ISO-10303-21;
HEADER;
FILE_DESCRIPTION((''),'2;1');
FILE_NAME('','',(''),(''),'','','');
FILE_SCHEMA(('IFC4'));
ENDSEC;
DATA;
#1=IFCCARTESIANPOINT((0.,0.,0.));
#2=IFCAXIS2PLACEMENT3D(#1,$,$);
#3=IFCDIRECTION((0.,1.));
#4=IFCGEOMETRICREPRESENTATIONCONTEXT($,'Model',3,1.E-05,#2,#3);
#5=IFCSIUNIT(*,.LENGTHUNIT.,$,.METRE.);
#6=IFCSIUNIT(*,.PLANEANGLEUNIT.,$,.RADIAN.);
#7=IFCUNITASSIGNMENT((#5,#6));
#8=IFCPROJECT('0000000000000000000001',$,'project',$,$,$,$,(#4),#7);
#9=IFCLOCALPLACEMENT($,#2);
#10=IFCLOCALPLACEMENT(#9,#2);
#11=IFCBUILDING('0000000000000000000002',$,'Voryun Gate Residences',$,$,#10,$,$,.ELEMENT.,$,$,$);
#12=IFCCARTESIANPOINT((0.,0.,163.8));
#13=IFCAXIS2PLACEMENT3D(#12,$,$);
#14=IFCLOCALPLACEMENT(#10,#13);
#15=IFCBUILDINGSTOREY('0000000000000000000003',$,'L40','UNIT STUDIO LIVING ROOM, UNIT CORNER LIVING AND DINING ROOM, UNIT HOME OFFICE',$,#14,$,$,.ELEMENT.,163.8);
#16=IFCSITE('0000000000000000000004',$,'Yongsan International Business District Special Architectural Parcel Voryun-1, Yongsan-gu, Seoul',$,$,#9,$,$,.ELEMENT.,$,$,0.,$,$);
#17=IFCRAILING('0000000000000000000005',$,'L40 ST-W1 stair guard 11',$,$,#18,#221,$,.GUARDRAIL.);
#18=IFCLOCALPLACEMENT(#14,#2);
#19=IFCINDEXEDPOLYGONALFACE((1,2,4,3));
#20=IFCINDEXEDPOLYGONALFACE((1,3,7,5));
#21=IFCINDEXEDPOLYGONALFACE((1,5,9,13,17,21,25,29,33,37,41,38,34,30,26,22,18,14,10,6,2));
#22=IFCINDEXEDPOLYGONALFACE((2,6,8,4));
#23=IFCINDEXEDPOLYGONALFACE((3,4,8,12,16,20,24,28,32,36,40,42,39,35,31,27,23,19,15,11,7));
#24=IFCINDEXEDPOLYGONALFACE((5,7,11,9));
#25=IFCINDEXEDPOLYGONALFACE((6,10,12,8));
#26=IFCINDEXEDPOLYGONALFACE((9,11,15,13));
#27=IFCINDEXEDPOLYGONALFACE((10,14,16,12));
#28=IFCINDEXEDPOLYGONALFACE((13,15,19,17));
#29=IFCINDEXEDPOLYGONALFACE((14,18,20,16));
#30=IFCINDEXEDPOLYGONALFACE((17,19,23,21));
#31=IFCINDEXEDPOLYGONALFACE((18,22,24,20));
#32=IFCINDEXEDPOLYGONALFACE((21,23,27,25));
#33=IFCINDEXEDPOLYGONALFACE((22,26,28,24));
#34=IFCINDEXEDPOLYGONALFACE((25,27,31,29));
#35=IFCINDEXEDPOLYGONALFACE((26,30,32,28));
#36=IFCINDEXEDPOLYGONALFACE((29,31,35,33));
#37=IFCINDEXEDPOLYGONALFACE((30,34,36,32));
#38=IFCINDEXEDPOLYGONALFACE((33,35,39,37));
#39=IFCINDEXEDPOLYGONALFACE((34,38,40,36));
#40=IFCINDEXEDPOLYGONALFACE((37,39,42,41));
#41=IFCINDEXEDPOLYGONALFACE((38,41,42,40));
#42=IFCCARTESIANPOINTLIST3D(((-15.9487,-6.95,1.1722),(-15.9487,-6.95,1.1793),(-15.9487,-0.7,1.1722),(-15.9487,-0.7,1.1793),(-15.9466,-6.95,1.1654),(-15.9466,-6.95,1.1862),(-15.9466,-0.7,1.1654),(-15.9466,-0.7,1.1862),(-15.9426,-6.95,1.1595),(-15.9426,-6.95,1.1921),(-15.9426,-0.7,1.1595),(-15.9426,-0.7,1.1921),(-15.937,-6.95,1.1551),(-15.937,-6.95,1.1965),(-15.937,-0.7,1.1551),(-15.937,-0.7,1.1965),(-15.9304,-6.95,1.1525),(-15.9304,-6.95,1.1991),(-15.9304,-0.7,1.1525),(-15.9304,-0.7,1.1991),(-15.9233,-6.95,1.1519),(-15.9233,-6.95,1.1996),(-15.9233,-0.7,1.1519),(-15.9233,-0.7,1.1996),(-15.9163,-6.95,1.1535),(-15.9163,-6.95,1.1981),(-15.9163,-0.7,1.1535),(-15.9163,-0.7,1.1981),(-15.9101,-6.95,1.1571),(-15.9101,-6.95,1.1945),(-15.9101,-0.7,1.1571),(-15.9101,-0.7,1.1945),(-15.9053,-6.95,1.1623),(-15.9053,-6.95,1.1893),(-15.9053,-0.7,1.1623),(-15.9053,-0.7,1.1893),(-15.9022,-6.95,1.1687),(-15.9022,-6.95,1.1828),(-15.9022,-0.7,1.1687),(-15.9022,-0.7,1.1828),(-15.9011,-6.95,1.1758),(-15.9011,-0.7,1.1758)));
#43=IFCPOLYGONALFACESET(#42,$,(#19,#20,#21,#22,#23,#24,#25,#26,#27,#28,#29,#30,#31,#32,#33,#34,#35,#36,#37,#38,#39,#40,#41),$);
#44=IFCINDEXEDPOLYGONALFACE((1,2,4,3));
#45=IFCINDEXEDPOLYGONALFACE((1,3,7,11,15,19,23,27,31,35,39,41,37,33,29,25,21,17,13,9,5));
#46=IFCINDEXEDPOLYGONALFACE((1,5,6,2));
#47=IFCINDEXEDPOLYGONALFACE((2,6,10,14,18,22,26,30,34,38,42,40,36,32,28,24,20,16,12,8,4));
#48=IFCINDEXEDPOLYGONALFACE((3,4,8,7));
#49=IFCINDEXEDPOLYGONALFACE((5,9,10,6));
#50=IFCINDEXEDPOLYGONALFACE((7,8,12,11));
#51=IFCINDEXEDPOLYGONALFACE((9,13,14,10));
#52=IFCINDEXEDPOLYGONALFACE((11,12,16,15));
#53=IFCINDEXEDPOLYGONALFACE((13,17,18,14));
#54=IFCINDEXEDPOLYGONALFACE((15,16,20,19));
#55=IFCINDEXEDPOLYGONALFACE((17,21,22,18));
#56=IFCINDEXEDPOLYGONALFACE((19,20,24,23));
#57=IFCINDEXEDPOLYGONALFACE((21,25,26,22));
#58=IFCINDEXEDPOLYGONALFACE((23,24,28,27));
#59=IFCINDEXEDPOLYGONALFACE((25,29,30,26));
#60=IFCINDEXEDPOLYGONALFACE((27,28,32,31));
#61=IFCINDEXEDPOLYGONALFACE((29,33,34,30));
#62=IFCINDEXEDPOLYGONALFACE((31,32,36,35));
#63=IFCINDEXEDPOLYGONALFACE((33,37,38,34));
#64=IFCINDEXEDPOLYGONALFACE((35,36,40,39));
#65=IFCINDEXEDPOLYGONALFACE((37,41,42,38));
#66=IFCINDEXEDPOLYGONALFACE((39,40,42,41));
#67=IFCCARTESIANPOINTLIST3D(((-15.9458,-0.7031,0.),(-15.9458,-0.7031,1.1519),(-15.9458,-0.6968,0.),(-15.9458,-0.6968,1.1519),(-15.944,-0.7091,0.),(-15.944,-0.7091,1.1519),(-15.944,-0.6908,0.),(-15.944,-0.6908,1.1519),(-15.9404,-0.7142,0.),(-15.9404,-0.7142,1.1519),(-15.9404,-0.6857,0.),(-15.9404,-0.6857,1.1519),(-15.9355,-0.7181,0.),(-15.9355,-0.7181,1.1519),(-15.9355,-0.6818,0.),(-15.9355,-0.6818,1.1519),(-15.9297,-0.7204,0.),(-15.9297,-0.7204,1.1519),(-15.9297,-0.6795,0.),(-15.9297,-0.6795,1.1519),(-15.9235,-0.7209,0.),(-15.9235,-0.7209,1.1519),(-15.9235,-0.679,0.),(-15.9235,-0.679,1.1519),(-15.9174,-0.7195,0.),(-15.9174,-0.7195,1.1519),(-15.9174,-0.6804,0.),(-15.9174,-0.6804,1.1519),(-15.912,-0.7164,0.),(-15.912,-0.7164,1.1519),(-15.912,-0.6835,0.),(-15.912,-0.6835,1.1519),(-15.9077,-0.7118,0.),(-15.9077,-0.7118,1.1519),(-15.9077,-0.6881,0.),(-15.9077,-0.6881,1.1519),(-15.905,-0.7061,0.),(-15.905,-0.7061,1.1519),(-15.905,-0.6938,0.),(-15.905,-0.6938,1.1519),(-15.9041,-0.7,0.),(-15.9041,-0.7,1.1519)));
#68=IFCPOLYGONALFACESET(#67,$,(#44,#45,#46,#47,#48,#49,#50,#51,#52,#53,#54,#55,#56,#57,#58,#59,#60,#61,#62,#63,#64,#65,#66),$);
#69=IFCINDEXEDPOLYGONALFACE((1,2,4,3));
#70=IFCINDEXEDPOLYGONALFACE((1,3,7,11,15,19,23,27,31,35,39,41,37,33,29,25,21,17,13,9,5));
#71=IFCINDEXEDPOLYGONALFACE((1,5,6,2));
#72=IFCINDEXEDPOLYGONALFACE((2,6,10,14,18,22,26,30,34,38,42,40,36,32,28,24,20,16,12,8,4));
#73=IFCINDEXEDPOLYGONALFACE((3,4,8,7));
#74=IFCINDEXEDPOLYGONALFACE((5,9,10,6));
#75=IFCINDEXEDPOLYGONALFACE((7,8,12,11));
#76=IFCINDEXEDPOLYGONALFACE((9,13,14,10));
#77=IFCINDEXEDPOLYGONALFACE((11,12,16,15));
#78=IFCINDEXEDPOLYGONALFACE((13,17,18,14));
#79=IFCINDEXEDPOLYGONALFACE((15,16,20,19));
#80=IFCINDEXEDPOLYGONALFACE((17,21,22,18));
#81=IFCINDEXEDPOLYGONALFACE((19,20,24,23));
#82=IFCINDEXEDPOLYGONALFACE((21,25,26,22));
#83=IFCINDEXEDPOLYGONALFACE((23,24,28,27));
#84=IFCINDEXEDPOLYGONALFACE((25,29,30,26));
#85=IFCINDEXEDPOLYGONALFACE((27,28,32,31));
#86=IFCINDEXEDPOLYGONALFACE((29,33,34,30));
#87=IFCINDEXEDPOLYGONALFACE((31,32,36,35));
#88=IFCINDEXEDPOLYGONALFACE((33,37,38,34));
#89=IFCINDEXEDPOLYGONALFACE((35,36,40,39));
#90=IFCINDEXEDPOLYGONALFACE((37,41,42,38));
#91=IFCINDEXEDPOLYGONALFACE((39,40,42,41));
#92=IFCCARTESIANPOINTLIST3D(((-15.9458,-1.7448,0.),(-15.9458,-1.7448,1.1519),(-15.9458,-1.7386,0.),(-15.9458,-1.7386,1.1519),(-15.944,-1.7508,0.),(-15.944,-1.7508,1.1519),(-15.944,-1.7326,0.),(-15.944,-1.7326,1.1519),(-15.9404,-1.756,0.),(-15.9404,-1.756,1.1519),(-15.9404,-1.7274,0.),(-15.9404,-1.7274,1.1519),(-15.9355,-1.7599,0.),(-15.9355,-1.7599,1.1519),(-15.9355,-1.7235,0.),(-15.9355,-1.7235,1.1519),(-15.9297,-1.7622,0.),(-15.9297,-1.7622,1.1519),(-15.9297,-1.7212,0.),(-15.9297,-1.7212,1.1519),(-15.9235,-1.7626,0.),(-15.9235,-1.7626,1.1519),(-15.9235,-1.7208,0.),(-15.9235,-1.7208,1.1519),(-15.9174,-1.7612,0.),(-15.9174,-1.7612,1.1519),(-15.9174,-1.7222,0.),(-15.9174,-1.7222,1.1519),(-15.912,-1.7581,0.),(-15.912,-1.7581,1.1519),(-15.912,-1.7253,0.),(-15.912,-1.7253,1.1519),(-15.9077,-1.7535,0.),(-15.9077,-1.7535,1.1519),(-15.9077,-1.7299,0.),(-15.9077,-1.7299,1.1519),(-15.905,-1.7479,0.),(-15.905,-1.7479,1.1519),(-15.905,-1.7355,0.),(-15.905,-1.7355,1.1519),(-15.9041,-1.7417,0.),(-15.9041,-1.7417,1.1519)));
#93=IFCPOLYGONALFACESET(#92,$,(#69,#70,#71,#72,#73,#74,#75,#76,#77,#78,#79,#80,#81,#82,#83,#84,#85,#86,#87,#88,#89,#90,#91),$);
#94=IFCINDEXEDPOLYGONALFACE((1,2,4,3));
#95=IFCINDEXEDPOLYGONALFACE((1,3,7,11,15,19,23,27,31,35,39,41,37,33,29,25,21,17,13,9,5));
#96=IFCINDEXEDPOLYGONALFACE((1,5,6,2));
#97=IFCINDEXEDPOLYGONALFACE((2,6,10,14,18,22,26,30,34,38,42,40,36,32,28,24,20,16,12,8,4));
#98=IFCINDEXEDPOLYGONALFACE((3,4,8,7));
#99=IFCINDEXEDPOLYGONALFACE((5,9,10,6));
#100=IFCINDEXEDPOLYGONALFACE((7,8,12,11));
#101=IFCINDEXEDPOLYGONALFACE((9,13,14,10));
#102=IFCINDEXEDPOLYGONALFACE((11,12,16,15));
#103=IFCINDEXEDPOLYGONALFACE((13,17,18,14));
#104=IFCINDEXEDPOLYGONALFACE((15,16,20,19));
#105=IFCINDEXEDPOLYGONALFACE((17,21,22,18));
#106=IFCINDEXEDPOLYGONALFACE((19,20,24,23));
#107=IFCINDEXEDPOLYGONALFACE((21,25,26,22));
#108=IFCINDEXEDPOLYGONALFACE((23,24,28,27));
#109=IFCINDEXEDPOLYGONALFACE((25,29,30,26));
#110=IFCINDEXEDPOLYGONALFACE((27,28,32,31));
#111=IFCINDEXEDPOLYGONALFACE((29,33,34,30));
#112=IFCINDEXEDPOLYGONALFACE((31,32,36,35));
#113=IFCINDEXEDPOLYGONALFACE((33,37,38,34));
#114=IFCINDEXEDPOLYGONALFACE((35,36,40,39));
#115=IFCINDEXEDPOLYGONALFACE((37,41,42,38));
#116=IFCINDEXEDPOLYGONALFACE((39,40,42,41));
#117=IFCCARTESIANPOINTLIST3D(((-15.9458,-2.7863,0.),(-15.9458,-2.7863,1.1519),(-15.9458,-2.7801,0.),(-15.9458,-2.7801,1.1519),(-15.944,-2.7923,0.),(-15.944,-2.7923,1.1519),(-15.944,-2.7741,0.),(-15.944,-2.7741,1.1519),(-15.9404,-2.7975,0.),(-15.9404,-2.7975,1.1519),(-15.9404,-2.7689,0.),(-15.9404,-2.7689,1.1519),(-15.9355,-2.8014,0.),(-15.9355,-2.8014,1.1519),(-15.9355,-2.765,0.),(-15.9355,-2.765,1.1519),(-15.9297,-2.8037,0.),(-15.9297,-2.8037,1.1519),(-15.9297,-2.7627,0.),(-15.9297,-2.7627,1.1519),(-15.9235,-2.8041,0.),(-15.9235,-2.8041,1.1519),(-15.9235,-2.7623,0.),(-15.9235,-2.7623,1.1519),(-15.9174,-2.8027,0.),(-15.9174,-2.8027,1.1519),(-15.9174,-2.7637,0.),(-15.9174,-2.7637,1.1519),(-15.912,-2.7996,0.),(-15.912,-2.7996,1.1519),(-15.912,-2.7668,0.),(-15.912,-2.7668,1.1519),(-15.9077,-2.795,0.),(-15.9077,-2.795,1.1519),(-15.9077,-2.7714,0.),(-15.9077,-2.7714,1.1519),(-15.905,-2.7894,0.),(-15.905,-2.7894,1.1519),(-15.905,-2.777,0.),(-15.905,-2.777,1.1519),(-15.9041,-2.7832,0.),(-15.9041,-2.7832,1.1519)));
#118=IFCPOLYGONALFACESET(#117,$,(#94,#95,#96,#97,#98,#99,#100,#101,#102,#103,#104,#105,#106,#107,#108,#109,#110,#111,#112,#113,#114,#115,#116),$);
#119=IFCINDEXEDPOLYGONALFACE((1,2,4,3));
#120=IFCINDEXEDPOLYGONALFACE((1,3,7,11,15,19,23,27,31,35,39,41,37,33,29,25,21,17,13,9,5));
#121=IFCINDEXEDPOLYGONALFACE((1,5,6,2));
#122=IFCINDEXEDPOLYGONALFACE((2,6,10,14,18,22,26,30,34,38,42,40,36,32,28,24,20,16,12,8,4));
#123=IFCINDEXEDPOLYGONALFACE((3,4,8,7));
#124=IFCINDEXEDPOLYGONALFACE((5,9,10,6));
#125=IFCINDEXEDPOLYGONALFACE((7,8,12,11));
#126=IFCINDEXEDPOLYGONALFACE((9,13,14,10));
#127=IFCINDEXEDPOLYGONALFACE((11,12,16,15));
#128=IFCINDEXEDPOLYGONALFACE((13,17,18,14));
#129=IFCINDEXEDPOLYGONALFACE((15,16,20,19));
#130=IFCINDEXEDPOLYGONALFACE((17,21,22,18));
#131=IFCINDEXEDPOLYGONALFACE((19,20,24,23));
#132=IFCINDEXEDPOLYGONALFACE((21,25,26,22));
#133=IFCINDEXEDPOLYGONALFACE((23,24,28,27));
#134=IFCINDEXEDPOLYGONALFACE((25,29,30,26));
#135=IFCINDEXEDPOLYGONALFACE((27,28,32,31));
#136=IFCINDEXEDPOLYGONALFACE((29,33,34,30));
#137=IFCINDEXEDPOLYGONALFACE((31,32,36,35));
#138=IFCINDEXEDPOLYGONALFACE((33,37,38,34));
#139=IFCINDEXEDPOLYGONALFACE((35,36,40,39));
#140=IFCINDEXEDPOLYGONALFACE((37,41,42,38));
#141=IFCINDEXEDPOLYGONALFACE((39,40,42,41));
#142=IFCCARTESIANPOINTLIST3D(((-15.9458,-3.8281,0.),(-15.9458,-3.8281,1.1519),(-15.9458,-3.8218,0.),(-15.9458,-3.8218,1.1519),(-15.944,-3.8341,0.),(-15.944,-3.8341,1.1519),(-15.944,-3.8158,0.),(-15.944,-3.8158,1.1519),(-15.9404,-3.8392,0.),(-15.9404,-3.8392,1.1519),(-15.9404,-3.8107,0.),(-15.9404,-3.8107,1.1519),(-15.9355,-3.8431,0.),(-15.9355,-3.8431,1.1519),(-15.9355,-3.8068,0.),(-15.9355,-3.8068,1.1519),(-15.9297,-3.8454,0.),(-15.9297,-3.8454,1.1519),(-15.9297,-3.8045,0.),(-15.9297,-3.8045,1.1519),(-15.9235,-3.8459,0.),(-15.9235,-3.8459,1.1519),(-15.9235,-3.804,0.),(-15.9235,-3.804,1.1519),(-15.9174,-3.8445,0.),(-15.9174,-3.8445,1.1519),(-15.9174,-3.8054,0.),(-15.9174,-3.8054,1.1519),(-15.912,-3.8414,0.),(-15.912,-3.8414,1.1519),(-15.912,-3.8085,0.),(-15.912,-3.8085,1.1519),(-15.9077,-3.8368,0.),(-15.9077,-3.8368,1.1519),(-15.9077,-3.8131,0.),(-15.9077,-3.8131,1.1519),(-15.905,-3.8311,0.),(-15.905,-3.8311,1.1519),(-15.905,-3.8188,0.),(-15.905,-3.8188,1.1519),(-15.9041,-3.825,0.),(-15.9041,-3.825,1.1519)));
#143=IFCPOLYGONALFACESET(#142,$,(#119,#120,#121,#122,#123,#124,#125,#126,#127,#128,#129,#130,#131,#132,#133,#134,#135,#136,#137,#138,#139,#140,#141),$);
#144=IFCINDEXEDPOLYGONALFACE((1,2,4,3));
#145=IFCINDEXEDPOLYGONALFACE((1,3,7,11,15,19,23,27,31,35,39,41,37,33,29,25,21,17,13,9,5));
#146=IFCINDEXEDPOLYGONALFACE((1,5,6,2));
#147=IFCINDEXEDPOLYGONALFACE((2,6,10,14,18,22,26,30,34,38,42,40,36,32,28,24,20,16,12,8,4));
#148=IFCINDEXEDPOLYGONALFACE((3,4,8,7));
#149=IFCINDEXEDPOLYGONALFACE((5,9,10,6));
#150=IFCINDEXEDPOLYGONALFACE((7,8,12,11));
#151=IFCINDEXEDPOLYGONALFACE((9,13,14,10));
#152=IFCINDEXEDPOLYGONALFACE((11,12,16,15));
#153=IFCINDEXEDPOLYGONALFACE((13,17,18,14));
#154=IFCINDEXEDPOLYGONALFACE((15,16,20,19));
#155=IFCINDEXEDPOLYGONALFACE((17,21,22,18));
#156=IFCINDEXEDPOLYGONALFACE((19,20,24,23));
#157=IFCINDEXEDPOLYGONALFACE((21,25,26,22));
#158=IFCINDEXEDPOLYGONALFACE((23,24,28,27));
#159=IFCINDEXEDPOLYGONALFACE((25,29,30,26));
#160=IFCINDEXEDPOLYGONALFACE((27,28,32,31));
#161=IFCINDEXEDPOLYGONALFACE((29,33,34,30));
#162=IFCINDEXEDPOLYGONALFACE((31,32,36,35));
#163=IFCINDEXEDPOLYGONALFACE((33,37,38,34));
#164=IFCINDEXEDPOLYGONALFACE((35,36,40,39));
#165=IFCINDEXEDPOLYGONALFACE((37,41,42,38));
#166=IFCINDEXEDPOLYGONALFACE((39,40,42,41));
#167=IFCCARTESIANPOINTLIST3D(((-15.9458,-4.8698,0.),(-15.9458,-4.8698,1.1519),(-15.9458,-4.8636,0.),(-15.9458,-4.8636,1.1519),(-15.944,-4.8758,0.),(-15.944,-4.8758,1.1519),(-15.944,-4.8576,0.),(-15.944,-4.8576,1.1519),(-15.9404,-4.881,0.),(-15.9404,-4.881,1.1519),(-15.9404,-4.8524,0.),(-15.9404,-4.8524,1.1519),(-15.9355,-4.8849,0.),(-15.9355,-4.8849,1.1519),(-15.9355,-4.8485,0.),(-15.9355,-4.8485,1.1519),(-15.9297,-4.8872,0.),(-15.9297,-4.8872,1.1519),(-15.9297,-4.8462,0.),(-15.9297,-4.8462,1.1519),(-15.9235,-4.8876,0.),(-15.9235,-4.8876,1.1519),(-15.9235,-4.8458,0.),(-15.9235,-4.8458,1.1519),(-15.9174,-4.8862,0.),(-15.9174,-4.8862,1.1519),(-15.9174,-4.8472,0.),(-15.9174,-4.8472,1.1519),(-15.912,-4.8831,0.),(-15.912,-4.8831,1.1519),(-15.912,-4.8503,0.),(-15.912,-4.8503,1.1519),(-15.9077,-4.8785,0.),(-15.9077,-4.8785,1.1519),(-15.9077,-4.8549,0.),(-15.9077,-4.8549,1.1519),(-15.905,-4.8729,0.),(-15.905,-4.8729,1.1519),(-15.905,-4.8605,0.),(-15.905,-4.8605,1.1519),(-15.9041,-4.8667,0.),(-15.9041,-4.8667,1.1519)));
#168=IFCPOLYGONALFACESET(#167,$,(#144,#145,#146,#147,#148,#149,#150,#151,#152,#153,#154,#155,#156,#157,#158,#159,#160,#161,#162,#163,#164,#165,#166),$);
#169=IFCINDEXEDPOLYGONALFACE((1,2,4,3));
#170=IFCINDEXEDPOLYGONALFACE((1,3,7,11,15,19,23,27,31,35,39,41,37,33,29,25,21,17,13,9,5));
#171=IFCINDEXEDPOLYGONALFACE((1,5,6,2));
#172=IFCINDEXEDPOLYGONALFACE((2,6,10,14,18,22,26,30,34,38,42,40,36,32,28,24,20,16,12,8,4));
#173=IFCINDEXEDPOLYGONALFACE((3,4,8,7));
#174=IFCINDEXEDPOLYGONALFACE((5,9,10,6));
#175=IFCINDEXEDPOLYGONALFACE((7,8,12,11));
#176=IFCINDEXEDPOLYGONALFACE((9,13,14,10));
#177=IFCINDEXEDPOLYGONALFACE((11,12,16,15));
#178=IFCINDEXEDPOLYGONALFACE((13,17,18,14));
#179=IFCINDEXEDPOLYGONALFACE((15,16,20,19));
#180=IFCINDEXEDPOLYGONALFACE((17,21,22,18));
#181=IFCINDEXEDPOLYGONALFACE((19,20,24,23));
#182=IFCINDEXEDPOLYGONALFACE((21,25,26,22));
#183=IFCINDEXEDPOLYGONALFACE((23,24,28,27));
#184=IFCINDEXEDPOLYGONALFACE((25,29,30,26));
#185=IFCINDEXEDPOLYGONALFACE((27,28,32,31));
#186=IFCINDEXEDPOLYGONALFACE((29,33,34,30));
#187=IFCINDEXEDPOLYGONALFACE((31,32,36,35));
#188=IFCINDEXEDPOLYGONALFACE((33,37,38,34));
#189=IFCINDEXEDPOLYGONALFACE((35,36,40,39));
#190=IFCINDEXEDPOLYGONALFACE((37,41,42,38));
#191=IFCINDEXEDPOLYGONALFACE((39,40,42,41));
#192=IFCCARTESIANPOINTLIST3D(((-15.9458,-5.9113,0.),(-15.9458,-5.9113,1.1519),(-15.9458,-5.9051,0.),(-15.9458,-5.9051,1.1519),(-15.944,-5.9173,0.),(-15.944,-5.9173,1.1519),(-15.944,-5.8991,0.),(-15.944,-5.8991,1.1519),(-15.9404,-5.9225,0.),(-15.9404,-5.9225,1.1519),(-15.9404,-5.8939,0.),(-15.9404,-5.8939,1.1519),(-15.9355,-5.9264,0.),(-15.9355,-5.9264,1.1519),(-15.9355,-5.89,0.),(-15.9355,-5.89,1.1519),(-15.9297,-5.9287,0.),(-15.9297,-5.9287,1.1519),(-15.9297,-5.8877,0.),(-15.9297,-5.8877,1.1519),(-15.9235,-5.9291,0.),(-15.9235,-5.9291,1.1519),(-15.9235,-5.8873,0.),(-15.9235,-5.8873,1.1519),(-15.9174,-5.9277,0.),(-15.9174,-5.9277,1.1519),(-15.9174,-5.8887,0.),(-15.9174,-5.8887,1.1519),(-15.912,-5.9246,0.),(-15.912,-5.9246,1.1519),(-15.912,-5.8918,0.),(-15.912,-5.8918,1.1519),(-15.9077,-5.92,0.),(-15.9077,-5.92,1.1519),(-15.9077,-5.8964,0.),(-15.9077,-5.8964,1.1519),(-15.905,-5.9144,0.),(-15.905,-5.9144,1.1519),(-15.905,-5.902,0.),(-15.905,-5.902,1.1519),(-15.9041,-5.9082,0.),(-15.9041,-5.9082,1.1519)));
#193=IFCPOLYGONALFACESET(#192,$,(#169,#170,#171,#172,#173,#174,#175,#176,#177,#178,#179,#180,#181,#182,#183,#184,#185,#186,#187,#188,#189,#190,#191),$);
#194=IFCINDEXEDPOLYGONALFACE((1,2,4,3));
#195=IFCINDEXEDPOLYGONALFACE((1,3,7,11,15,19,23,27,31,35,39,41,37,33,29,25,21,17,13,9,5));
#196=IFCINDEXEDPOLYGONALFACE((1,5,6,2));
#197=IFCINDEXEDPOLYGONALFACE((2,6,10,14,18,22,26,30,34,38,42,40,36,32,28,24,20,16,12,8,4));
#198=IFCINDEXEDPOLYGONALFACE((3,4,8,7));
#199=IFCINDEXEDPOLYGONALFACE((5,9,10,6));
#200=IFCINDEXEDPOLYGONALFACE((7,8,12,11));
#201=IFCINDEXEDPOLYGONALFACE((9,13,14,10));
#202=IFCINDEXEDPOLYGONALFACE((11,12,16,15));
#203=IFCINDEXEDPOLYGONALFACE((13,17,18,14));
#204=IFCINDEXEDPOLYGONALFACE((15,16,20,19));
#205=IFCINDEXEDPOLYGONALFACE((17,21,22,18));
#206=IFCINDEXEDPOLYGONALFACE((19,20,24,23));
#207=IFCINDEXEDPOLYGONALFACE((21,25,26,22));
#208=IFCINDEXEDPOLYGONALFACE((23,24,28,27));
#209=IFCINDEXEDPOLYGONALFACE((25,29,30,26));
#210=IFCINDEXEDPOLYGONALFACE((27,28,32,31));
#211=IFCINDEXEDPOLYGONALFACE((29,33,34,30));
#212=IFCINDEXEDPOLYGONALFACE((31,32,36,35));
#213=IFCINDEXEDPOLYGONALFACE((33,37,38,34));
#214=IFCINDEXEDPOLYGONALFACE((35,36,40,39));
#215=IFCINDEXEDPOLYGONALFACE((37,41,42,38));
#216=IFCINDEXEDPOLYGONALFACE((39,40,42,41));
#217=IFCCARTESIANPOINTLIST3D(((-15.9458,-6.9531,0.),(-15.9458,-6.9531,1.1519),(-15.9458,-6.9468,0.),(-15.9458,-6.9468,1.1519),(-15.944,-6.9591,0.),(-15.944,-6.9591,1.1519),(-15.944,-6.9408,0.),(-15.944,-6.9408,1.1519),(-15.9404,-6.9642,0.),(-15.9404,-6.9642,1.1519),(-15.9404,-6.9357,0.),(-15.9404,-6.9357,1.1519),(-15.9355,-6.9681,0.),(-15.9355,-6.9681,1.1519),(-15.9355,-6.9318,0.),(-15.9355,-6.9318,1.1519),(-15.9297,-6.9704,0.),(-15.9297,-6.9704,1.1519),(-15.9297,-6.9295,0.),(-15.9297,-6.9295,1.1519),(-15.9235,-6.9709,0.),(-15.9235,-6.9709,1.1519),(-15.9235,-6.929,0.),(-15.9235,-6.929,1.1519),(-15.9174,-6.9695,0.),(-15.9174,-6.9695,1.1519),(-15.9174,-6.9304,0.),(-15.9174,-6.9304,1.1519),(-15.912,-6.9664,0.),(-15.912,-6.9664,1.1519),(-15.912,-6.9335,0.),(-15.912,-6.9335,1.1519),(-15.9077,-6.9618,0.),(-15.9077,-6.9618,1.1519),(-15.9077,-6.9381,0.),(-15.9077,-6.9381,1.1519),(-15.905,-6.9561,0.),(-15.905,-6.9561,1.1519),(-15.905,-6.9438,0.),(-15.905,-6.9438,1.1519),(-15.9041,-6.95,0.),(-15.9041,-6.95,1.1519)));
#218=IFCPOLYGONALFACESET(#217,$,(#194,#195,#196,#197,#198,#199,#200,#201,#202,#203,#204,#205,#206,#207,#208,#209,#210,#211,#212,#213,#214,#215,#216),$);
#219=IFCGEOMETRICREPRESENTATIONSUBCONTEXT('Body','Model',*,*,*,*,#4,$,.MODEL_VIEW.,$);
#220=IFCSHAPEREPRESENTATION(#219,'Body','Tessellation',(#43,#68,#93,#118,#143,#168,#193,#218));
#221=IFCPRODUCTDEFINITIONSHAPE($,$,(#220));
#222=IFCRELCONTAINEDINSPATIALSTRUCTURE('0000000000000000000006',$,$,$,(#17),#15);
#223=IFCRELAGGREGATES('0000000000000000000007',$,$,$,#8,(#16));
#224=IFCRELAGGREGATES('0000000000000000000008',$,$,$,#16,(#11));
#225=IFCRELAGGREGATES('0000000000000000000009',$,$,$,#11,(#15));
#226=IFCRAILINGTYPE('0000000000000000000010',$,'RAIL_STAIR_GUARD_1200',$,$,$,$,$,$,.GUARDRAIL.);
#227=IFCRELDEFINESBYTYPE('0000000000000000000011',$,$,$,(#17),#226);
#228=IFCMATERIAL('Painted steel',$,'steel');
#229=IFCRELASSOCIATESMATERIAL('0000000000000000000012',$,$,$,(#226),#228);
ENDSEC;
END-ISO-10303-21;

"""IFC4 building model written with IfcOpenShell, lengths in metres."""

from ifc_helpers import new_model, si_unit, direction, frame, origin, origin_2d, place, context, subcontext, project, spatial, circle, extrude, material, type_object, element, save


model = new_model("IFC4")

# Units and contexts
model_context = context("Model", 3, precision=1e-05, world=origin(), true_north=direction((0.0, 1.0)))
body_context = subcontext(model_context, "Body", "Model", "MODEL_VIEW")
ifc_project = project(units=[si_unit("LENGTHUNIT", "METRE"), si_unit("PLANEANGLEUNIT", "RADIAN")], contexts=[model_context])

# Site, building, storey
site_placement = place(None, origin())
site = spatial("IfcSite", under=ifc_project, at=site_placement, Name="Yongsan International Business District Special Architectural Parcel Voryun-1, Yongsan-gu, Seoul", CompositionType="ELEMENT", RefElevation=0.0)
building_placement = place(site_placement, origin())
building = spatial("IfcBuilding", under=site, at=building_placement, Name="Voryun Gate Residences", CompositionType="ELEMENT")
storey_placement = place(building_placement, frame((0.0, 0.0, 163.8)))
storey = spatial("IfcBuildingStorey", under=building, at=storey_placement, Name="L40", Description="UNIT STUDIO LIVING ROOM, UNIT CORNER LIVING AND DINING ROOM, UNIT HOME OFFICE", CompositionType="ELEMENT", Elevation=163.8)

# Railing
ifc_material_1 = material(Name="Painted steel", Category="steel")
railing_type = type_object("IfcRailingType", Name="RAIL_STAIR_GUARD_1200", PredefinedType="GUARDRAIL", material=ifc_material_1)
railing_1_placement = place(storey_placement, frame((-15.925, -0.7, 0.0)))
element("IfcRailing", 1, at=railing_1_placement, inside=storey, type_object=railing_type, Name="L40 ST-W1 stair guard 11", PredefinedType="GUARDRAIL", context=body_context, shape_type="SweptSolid", body=[
    extrude(circle(Radius=0.0239, at=origin_2d()), frame((0.0, 0.0, 1.1758), z_axis=(0.0, -1.0, 0.0), x_axis=(1.0, 0.0, 0.0)), (0.0, 0.0, 1.0), 6.25),
    extrude(circle(Radius=0.021, at=origin_2d()), origin(), (0.0, 0.0, 1.0), 1.1519),
    extrude(circle(Radius=0.021, at=origin_2d()), frame((0.0, -1.0417, 0.0)), (0.0, 0.0, 1.0), 1.1519),
    extrude(circle(Radius=0.021, at=origin_2d()), frame((0.0, -2.0833, 0.0)), (0.0, 0.0, 1.0), 1.1519),
    extrude(circle(Radius=0.021, at=origin_2d()), frame((0.0, -3.125, 0.0)), (0.0, 0.0, 1.0), 1.1519),
    extrude(circle(Radius=0.021, at=origin_2d()), frame((0.0, -4.1667, 0.0)), (0.0, 0.0, 1.0), 1.1519),
    extrude(circle(Radius=0.021, at=origin_2d()), frame((0.0, -5.2083, 0.0)), (0.0, 0.0, 1.0), 1.1519),
    extrude(circle(Radius=0.021, at=origin_2d()), frame((0.0, -6.25, 0.0)), (0.0, 0.0, 1.0), 1.1519),
])

save(model, "model.ifc")
